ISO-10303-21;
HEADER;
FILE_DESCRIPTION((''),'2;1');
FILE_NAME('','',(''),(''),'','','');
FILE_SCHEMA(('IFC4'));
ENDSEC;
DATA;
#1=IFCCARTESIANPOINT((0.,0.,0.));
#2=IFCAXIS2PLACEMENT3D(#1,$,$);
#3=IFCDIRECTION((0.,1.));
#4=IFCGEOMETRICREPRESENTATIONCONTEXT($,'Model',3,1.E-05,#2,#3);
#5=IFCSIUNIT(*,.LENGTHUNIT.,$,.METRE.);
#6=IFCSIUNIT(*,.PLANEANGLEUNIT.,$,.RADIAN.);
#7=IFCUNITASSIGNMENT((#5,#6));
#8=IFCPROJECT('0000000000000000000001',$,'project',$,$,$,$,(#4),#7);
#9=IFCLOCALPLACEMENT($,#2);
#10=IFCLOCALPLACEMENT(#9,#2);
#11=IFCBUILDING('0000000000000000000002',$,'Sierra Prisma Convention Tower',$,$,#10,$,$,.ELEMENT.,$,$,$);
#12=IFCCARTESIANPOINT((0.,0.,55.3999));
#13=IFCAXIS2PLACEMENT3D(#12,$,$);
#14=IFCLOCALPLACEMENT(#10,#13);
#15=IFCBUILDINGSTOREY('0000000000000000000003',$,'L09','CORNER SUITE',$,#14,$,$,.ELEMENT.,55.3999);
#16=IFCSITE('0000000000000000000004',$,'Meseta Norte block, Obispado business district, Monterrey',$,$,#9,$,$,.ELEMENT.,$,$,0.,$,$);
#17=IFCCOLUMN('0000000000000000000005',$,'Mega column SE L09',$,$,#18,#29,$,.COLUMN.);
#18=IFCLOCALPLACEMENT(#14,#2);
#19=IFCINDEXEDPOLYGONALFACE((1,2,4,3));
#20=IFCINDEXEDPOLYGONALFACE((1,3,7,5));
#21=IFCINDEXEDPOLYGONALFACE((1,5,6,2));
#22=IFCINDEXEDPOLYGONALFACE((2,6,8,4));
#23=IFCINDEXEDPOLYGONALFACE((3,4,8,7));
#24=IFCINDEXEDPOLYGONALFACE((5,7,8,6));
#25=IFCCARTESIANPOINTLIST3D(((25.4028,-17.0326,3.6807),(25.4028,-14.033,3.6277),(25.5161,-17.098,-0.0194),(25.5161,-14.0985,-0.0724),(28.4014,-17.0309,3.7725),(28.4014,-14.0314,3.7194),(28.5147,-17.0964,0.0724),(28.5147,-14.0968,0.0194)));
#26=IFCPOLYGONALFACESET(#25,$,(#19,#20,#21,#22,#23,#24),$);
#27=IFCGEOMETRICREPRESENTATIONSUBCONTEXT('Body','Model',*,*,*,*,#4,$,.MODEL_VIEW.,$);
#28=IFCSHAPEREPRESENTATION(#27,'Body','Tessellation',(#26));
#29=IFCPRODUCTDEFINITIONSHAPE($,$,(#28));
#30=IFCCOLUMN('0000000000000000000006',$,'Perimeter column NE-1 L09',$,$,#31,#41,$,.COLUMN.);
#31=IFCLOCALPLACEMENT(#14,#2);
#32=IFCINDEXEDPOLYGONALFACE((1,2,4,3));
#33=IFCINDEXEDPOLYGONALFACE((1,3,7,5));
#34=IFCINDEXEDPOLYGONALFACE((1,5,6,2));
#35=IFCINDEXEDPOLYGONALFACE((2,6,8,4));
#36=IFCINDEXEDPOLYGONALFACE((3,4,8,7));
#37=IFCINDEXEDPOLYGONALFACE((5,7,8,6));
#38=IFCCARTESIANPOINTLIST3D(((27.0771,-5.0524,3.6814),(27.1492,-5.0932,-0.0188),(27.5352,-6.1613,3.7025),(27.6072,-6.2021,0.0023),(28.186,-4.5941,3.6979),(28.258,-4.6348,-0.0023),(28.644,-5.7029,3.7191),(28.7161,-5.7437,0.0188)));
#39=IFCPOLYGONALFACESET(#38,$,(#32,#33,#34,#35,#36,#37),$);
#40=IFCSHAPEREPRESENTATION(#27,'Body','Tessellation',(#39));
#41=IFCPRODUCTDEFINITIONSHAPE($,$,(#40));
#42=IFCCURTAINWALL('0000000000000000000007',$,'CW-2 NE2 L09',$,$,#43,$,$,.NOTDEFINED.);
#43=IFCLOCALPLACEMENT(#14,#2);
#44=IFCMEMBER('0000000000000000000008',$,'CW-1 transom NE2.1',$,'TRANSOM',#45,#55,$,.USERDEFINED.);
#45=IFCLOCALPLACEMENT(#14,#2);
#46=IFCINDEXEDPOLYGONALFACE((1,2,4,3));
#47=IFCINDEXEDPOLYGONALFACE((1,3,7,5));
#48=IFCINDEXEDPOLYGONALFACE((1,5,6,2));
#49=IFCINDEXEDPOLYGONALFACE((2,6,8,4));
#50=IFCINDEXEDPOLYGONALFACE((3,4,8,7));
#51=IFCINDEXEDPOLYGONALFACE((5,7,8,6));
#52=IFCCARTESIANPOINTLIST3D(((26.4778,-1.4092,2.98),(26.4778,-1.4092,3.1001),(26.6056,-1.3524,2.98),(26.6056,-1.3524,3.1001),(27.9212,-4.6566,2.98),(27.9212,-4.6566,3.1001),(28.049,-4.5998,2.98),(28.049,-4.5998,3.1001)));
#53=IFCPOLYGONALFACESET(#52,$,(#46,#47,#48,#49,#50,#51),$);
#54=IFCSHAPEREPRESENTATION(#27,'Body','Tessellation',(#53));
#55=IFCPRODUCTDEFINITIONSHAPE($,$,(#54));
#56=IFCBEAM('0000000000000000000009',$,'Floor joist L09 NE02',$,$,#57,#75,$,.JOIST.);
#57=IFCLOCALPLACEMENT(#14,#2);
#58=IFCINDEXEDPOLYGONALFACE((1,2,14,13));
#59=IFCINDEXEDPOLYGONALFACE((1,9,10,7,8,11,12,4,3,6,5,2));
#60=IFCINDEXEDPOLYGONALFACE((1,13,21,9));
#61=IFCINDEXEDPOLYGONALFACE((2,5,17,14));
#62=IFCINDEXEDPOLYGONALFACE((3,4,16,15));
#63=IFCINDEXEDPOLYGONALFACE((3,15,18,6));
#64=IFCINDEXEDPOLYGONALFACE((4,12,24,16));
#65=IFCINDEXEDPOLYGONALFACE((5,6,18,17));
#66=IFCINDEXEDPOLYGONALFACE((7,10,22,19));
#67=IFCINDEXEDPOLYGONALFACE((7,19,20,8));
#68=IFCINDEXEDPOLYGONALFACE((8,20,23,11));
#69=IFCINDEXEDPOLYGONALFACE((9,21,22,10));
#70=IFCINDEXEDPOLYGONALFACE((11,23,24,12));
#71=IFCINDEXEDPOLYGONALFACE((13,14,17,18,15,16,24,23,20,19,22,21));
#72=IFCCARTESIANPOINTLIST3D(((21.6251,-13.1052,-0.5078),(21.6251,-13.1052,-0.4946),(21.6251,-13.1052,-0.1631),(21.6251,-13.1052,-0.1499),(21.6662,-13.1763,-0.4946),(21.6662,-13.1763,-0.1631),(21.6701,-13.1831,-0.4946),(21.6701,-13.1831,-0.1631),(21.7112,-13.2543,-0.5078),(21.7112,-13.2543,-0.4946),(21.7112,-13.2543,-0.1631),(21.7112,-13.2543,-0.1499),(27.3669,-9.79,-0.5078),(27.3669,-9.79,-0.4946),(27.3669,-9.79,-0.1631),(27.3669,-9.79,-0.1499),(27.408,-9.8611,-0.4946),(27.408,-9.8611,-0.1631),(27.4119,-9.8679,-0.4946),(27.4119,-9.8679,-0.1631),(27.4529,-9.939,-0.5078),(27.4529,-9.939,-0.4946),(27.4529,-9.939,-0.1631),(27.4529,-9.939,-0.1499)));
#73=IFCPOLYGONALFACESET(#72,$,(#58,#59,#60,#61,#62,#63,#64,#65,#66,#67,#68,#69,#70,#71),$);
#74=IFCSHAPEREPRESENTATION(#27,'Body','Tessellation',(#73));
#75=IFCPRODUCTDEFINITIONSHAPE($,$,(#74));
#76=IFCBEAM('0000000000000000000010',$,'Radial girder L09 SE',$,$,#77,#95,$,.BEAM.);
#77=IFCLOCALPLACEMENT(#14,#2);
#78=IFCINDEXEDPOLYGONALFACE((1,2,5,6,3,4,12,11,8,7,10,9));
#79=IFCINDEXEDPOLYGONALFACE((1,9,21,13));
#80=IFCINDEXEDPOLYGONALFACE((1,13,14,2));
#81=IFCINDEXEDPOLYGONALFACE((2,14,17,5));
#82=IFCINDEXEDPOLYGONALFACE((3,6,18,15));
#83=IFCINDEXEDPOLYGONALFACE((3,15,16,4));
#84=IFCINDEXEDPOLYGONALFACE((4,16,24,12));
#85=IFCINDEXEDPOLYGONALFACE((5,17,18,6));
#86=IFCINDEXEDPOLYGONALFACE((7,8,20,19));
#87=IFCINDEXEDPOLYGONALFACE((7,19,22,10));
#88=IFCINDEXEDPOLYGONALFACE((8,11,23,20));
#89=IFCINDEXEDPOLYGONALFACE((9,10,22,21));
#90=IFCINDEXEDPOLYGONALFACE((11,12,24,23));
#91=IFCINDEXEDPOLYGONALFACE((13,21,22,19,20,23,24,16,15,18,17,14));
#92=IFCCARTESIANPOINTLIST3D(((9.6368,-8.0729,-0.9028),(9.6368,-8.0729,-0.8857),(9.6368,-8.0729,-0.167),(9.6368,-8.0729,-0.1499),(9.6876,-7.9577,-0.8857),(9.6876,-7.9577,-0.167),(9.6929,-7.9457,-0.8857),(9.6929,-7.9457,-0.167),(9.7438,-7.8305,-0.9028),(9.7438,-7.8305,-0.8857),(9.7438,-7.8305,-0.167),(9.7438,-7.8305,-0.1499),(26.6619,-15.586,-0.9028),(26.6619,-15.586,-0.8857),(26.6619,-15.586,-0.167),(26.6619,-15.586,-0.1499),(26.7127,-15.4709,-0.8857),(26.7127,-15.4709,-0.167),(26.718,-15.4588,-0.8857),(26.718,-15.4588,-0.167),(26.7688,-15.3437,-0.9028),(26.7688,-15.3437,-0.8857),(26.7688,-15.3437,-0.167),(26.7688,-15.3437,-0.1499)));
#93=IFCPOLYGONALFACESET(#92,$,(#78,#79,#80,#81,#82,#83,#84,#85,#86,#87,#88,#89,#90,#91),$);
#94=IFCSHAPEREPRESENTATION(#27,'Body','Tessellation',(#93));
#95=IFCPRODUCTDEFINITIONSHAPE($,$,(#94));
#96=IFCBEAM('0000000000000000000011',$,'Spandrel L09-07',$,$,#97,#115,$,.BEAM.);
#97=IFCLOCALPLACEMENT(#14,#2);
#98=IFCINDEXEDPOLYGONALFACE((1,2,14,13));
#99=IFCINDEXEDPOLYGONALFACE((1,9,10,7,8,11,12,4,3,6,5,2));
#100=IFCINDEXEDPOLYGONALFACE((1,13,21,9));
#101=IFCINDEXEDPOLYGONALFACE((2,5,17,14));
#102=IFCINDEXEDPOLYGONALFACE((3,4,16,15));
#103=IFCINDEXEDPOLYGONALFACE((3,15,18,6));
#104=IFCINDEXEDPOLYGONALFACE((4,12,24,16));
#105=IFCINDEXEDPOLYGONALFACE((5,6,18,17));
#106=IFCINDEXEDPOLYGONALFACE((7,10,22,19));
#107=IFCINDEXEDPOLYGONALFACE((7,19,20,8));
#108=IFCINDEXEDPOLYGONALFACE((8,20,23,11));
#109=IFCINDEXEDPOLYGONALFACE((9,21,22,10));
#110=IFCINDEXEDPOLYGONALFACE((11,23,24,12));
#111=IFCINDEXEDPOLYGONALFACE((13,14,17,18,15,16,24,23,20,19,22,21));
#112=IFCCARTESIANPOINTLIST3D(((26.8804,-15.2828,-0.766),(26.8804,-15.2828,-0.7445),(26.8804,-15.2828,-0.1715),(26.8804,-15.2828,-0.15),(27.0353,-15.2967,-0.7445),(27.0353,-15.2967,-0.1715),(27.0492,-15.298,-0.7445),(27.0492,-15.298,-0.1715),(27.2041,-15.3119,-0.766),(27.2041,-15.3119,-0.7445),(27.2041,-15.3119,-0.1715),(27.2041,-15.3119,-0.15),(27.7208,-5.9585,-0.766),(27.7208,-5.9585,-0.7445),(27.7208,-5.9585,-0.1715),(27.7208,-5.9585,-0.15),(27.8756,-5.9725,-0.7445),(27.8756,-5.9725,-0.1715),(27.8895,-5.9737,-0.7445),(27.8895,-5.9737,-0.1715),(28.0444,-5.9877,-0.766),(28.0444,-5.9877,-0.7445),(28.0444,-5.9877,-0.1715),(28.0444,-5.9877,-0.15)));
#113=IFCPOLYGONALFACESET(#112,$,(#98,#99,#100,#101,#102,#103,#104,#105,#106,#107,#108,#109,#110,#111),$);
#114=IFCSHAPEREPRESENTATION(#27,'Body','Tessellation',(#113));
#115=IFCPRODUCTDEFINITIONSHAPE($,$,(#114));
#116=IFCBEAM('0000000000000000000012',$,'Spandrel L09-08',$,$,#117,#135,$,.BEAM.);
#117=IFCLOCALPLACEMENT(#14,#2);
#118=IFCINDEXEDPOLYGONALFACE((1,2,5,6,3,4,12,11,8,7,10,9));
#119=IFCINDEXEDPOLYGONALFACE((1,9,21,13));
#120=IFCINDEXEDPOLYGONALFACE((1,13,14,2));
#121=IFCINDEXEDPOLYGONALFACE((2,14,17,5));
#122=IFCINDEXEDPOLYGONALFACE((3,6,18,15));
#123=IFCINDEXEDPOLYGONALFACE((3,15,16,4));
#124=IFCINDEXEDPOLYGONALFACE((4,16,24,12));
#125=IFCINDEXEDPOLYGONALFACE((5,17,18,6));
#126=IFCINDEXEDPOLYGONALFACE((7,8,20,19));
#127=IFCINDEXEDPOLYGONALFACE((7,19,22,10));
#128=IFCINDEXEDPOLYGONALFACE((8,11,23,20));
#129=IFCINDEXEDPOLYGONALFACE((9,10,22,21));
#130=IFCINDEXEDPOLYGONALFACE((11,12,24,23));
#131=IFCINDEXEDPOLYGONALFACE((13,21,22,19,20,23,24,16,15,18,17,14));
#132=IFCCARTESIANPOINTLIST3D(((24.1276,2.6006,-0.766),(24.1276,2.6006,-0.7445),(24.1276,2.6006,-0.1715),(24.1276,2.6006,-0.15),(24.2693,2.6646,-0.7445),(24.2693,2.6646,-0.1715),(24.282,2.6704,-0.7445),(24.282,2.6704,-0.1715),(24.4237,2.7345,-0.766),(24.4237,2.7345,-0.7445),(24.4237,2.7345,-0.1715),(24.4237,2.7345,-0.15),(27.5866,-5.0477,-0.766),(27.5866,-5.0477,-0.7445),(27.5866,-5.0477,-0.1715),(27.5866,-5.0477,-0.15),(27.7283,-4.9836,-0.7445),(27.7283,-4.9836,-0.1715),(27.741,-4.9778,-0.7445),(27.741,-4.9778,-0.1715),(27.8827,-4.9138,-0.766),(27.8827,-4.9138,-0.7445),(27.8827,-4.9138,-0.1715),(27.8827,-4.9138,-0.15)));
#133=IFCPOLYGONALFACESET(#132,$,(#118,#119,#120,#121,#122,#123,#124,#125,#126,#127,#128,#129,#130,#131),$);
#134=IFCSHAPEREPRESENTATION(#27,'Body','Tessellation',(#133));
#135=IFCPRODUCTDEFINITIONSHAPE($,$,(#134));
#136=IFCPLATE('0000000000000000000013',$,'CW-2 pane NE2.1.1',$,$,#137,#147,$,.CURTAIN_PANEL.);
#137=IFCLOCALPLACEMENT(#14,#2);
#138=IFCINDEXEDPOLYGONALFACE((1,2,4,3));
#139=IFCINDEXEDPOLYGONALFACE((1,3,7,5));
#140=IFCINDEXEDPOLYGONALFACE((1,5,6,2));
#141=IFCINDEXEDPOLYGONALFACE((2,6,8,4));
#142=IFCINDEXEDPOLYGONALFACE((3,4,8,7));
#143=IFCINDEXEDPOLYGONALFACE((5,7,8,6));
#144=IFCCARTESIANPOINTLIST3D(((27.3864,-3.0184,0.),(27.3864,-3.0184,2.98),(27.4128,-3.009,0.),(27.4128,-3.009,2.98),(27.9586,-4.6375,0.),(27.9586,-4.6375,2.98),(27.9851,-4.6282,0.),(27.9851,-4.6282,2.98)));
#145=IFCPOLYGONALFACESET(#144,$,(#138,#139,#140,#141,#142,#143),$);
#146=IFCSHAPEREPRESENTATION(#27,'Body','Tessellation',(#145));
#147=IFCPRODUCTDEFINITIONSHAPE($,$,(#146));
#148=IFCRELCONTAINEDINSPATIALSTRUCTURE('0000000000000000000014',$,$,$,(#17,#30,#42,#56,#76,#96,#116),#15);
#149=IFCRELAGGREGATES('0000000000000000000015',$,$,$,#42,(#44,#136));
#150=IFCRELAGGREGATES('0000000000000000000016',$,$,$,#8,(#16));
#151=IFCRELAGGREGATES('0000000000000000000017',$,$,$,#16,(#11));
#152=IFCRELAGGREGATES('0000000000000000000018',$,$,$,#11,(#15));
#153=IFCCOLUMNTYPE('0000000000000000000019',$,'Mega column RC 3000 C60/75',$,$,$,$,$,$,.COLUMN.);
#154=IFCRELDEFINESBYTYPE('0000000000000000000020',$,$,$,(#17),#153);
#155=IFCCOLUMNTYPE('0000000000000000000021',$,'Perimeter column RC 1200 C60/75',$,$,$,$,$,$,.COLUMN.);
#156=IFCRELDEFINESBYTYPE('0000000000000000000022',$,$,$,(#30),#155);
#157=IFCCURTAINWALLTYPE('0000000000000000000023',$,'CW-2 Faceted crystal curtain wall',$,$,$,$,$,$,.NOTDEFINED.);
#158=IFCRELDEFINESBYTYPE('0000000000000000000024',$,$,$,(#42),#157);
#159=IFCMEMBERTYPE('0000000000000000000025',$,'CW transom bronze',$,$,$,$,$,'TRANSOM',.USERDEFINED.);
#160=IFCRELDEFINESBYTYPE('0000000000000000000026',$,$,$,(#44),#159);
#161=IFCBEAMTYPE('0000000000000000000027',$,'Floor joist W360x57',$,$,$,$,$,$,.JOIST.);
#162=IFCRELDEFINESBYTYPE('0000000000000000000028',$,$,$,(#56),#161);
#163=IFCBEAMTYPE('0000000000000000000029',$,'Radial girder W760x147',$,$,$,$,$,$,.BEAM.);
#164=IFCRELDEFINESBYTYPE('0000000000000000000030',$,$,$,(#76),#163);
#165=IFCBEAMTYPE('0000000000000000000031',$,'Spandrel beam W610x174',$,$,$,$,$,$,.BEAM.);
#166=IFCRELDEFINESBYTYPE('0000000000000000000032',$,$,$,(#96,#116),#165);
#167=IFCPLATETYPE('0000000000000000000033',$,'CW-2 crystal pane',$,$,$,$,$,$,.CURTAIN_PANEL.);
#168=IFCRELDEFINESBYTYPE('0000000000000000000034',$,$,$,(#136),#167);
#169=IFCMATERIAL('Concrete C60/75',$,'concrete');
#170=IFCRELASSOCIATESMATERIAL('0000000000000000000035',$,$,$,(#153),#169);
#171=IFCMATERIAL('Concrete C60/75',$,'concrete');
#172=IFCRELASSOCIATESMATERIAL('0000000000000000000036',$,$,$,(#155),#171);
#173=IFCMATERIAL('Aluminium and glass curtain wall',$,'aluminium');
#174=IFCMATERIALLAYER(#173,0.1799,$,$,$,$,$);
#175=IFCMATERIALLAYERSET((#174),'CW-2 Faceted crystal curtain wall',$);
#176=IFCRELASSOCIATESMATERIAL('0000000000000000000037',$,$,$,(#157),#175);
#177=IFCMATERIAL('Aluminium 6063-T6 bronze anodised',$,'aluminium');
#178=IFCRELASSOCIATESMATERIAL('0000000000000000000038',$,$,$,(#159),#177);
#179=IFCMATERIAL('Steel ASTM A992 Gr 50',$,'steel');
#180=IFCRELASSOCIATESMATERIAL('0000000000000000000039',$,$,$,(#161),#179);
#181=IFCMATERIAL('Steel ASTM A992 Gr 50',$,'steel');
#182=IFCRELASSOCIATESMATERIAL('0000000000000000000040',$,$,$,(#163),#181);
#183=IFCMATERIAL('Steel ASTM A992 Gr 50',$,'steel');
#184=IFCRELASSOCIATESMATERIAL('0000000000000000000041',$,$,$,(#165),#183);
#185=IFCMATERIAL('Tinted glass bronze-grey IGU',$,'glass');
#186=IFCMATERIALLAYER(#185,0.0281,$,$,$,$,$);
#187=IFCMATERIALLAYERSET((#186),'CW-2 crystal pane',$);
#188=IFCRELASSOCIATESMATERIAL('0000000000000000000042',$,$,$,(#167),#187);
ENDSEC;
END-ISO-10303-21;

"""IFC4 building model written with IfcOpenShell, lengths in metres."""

from ifc_helpers import new_model, si_unit, direction, frame, origin, origin_2d, place, context, subcontext, project, spatial, polyline, rectangle, i_section, outline, extrude, material, layer, layer_set, material_profile, profile_set, type_object, element, aggregate, save


model = new_model("IFC4")

# Units and contexts
model_context = context("Model", 3, precision=1e-05, world=origin(), true_north=direction((0.0, 1.0)))
body_context = subcontext(model_context, "Body", "Model", "MODEL_VIEW")
ifc_project = project(units=[si_unit("LENGTHUNIT", "METRE"), si_unit("PLANEANGLEUNIT", "RADIAN")], contexts=[model_context])

# Site, building, storey
site_placement = place(None, origin())
site = spatial("IfcSite", under=ifc_project, at=site_placement, Name="Meseta Norte block, Obispado business district, Monterrey", CompositionType="ELEMENT", RefElevation=0.0)
building_placement = place(site_placement, origin())
building = spatial("IfcBuilding", under=site, at=building_placement, Name="Sierra Prisma Convention Tower", CompositionType="ELEMENT")
storey_placement = place(building_placement, frame((0.0, 0.0, 55.3999)))
storey = spatial("IfcBuildingStorey", under=building, at=storey_placement, Name="L09", Description="CORNER SUITE", CompositionType="ELEMENT", Elevation=55.3999)

# Columns
ifc_material_1 = material(Name="Concrete C60/75", Category="concrete")
ifc_material_profile_1 = material_profile(ifc_material_1, rectangle(XDim=3.0, YDim=3.0, at=origin_2d()), Name="Mega column RC 3000 C60/75")
ifc_profile_set_1 = profile_set([ifc_material_profile_1], Name="Concrete C60/75")
column_type_1 = type_object("IfcColumnType", Name="Mega column RC 3000 C60/75", PredefinedType="COLUMN", material=ifc_profile_set_1)
column_1_placement = place(storey_placement, frame((27.0154, -15.5974, 0.0), z_axis=(-0.030596, 0.017672, 0.999376), x_axis=(0.999532, 0.000541, 0.030591)))
element("IfcColumn", 1, at=column_1_placement, inside=storey, type_object=column_type_1, Name="Mega column SE L09", PredefinedType="COLUMN", context=body_context, shape_type="SweptSolid", body=[
    extrude(rectangle(XDim=3.0, YDim=3.0, at=origin_2d()), origin(), (0.0, 0.0, 1.0), 3.7024),
])
ifc_material_2 = material(Name="Concrete C60/75", Category="concrete")
ifc_material_profile_2 = material_profile(ifc_material_2, rectangle(XDim=1.2, YDim=1.2, at=origin_2d()), Name="Perimeter column RC 1200 C60/75")
ifc_profile_set_2 = profile_set([ifc_material_profile_2], Name="Concrete C60/75")
column_type_2 = type_object("IfcColumnType", Name="Perimeter column RC 1200 C60/75", PredefinedType="COLUMN", material=ifc_profile_set_2)
column_2_placement = place(storey_placement, frame((27.9326, -5.4185, 0.0), z_axis=(-0.019459, 0.011016, 0.99975), x_axis=(-0.38175, 0.924098, -0.017613)))
element("IfcColumn", 2, at=column_2_placement, inside=storey, type_object=column_type_2, Name="Perimeter column NE-1 L09", PredefinedType="COLUMN", context=body_context, shape_type="SweptSolid", body=[
    extrude(rectangle(XDim=1.2, YDim=1.2, at=origin_2d()), origin(), (0.0, 0.0, 1.0), 3.7012),
])

# Curtain wall, member
ifc_material_3 = material(Name="Aluminium and glass curtain wall", Category="aluminium")
ifc_layer_1 = layer(ifc_material_3, 0.1799)
ifc_layer_set_1 = layer_set([ifc_layer_1], Name="CW-2 Faceted crystal curtain wall")
curtain_wall_type = type_object("IfcCurtainWallType", Name="CW-2 Faceted crystal curtain wall", PredefinedType="NOTDEFINED", material=ifc_layer_set_1)
curtain_wall_placement = place(storey_placement, origin())
curtain_wall = element("IfcCurtainWall", 3, at=curtain_wall_placement, inside=storey, type_object=curtain_wall_type, Name="CW-2 NE2 L09", PredefinedType="NOTDEFINED")
ifc_material_4 = material(Name="Aluminium 6063-T6 bronze anodised", Category="aluminium")
ifc_material_profile_3 = material_profile(ifc_material_4, rectangle(XDim=0.1399, YDim=0.1201, at=origin_2d()), Name="ALU TRANSOM 120x140")
ifc_profile_set_3 = profile_set([ifc_material_profile_3], Name="Aluminium 6063-T6 bronze anodised")
member_type = type_object("IfcMemberType", Name="CW transom bronze", ElementType="TRANSOM", PredefinedType="USERDEFINED", material=ifc_profile_set_3)
member_placement = place(storey_placement, frame((27.9851, -4.6282, 3.04), z_axis=(-0.406164, 0.9138, 0.0), x_axis=(-0.9138, -0.406164, 0.0)))
member = element("IfcMember", 4, at=member_placement, type_object=member_type, Name="CW-1 transom NE2.1", ObjectType="TRANSOM", PredefinedType="USERDEFINED", context=body_context, shape_type="SweptSolid", body=[
    extrude(rectangle(XDim=0.1399, YDim=0.1201, at=origin_2d()), origin(), (0.0, 0.0, 1.0), 3.5537),
])

# Beams
ifc_material_5 = material(Name="Steel ASTM A992 Gr 50", Category="steel")
ifc_material_profile_4 = material_profile(ifc_material_5, i_section(OverallWidth=0.1721, OverallDepth=0.3579, WebThickness=0.0078, FlangeThickness=0.0132, at=origin_2d()), Name="W360x57")
ifc_profile_set_4 = profile_set([ifc_material_profile_4], Name="Steel ASTM A992 Gr 50")
beam_type_1 = type_object("IfcBeamType", Name="Floor joist W360x57", PredefinedType="JOIST", material=ifc_profile_set_4)
beam_1_placement = place(storey_placement, frame((27.4099, -9.8645, -0.3289), z_axis=(-0.866011, -0.500024, 0.0), x_axis=(0.500024, -0.866011, 0.0)))
element("IfcBeam", 5, at=beam_1_placement, inside=storey, type_object=beam_type_1, Name="Floor joist L09 NE02", PredefinedType="JOIST", context=body_context, shape_type="SweptSolid", body=[
    extrude(i_section(OverallWidth=0.1721, OverallDepth=0.3579, WebThickness=0.0078, FlangeThickness=0.0132, at=origin_2d()), origin(), (0.0, 0.0, 1.0), 6.6301),
])
ifc_material_6 = material(Name="Steel ASTM A992 Gr 50", Category="steel")
ifc_material_profile_5 = material_profile(ifc_material_6, i_section(OverallWidth=0.2649, OverallDepth=0.7529, WebThickness=0.0132, FlangeThickness=0.0171, at=origin_2d()), Name="W760x147")
ifc_profile_set_5 = profile_set([ifc_material_profile_5], Name="Steel ASTM A992 Gr 50")
beam_type_2 = type_object("IfcBeamType", Name="Radial girder W760x147", PredefinedType="BEAM", material=ifc_profile_set_5)
beam_2_placement = place(storey_placement, frame((26.7153, -15.4648, -0.5264), z_axis=(-0.914876, 0.403734, 0.0), x_axis=(-0.403734, -0.914876, 0.0)))
element("IfcBeam", 6, at=beam_2_placement, inside=storey, type_object=beam_type_2, Name="Radial girder L09 SE", PredefinedType="BEAM", context=body_context, shape_type="SweptSolid", body=[
    extrude(i_section(OverallWidth=0.2649, OverallDepth=0.7529, WebThickness=0.0132, FlangeThickness=0.0171, at=origin_2d()), origin(), (0.0, 0.0, 1.0), 18.6091),
])
ifc_material_7 = material(Name="Steel ASTM A992 Gr 50", Category="steel")
ifc_material_profile_6 = material_profile(ifc_material_7, i_section(OverallWidth=0.325, OverallDepth=0.616, WebThickness=0.0139, FlangeThickness=0.0215, at=origin_2d()), Name="W610x174")
ifc_profile_set_6 = profile_set([ifc_material_profile_6], Name="Steel ASTM A992 Gr 50")
beam_type_3 = type_object("IfcBeamType", Name="Spandrel beam W610x174", PredefinedType="BEAM", material=ifc_profile_set_6)
beam_3_placement = place(storey_placement, frame((27.0422, -15.2974, -0.458), z_axis=(0.08976, 0.995963, 0.0), x_axis=(-0.995963, 0.08976, 0.0)))
element("IfcBeam", 7, at=beam_3_placement, inside=storey, type_object=beam_type_3, Name="Spandrel L09-07", PredefinedType="BEAM", context=body_context, shape_type="SweptSolid", body=[
    extrude(i_section(OverallWidth=0.325, OverallDepth=0.616, WebThickness=0.0139, FlangeThickness=0.0215, at=origin_2d()), origin(), (0.0, 0.0, 1.0), 9.3621),
])
beam_4_placement = place(storey_placement, frame((27.7346, -4.9807, -0.458), z_axis=(-0.412078, 0.911149, 0.0), x_axis=(-0.911149, -0.412078, 0.0)))
element("IfcBeam", 8, at=beam_4_placement, inside=storey, type_object=beam_type_3, Name="Spandrel L09-08", PredefinedType="BEAM", context=body_context, shape_type="SweptSolid", body=[
    extrude(i_section(OverallWidth=0.325, OverallDepth=0.616, WebThickness=0.0139, FlangeThickness=0.0215, at=origin_2d()), origin(), (0.0, 0.0, 1.0), 8.394),
])

# Plate
ifc_material_8 = material(Name="Tinted glass bronze-grey IGU", Category="glass")
ifc_layer_2 = layer(ifc_material_8, 0.0281)
ifc_layer_set_2 = layer_set([ifc_layer_2], Name="CW-2 crystal pane")
plate_type = type_object("IfcPlateType", Name="CW-2 crystal pane", PredefinedType="CURTAIN_PANEL", material=ifc_layer_set_2)
plate_placement = place(storey_placement, frame((27.9851, -4.6282, 0.0), z_axis=(0.942843, 0.333237, 0.0), x_axis=(-0.333237, 0.942843, 0.0)))
plate = element("IfcPlate", 9, at=plate_placement, type_object=plate_type, Name="CW-2 pane NE2.1.1", PredefinedType="CURTAIN_PANEL", context=body_context, shape_type="SweptSolid", body=[
    extrude(outline(polyline([(0.0, 0.0), (1.7173, 0.0), (1.7173, 2.98), (0.0, 2.98), (0.0, 0.0)])), origin(), (0.0, 0.0, -1.0), 0.0281),
])
aggregate(curtain_wall, [member, plate])

save(model, "model.ifc")
